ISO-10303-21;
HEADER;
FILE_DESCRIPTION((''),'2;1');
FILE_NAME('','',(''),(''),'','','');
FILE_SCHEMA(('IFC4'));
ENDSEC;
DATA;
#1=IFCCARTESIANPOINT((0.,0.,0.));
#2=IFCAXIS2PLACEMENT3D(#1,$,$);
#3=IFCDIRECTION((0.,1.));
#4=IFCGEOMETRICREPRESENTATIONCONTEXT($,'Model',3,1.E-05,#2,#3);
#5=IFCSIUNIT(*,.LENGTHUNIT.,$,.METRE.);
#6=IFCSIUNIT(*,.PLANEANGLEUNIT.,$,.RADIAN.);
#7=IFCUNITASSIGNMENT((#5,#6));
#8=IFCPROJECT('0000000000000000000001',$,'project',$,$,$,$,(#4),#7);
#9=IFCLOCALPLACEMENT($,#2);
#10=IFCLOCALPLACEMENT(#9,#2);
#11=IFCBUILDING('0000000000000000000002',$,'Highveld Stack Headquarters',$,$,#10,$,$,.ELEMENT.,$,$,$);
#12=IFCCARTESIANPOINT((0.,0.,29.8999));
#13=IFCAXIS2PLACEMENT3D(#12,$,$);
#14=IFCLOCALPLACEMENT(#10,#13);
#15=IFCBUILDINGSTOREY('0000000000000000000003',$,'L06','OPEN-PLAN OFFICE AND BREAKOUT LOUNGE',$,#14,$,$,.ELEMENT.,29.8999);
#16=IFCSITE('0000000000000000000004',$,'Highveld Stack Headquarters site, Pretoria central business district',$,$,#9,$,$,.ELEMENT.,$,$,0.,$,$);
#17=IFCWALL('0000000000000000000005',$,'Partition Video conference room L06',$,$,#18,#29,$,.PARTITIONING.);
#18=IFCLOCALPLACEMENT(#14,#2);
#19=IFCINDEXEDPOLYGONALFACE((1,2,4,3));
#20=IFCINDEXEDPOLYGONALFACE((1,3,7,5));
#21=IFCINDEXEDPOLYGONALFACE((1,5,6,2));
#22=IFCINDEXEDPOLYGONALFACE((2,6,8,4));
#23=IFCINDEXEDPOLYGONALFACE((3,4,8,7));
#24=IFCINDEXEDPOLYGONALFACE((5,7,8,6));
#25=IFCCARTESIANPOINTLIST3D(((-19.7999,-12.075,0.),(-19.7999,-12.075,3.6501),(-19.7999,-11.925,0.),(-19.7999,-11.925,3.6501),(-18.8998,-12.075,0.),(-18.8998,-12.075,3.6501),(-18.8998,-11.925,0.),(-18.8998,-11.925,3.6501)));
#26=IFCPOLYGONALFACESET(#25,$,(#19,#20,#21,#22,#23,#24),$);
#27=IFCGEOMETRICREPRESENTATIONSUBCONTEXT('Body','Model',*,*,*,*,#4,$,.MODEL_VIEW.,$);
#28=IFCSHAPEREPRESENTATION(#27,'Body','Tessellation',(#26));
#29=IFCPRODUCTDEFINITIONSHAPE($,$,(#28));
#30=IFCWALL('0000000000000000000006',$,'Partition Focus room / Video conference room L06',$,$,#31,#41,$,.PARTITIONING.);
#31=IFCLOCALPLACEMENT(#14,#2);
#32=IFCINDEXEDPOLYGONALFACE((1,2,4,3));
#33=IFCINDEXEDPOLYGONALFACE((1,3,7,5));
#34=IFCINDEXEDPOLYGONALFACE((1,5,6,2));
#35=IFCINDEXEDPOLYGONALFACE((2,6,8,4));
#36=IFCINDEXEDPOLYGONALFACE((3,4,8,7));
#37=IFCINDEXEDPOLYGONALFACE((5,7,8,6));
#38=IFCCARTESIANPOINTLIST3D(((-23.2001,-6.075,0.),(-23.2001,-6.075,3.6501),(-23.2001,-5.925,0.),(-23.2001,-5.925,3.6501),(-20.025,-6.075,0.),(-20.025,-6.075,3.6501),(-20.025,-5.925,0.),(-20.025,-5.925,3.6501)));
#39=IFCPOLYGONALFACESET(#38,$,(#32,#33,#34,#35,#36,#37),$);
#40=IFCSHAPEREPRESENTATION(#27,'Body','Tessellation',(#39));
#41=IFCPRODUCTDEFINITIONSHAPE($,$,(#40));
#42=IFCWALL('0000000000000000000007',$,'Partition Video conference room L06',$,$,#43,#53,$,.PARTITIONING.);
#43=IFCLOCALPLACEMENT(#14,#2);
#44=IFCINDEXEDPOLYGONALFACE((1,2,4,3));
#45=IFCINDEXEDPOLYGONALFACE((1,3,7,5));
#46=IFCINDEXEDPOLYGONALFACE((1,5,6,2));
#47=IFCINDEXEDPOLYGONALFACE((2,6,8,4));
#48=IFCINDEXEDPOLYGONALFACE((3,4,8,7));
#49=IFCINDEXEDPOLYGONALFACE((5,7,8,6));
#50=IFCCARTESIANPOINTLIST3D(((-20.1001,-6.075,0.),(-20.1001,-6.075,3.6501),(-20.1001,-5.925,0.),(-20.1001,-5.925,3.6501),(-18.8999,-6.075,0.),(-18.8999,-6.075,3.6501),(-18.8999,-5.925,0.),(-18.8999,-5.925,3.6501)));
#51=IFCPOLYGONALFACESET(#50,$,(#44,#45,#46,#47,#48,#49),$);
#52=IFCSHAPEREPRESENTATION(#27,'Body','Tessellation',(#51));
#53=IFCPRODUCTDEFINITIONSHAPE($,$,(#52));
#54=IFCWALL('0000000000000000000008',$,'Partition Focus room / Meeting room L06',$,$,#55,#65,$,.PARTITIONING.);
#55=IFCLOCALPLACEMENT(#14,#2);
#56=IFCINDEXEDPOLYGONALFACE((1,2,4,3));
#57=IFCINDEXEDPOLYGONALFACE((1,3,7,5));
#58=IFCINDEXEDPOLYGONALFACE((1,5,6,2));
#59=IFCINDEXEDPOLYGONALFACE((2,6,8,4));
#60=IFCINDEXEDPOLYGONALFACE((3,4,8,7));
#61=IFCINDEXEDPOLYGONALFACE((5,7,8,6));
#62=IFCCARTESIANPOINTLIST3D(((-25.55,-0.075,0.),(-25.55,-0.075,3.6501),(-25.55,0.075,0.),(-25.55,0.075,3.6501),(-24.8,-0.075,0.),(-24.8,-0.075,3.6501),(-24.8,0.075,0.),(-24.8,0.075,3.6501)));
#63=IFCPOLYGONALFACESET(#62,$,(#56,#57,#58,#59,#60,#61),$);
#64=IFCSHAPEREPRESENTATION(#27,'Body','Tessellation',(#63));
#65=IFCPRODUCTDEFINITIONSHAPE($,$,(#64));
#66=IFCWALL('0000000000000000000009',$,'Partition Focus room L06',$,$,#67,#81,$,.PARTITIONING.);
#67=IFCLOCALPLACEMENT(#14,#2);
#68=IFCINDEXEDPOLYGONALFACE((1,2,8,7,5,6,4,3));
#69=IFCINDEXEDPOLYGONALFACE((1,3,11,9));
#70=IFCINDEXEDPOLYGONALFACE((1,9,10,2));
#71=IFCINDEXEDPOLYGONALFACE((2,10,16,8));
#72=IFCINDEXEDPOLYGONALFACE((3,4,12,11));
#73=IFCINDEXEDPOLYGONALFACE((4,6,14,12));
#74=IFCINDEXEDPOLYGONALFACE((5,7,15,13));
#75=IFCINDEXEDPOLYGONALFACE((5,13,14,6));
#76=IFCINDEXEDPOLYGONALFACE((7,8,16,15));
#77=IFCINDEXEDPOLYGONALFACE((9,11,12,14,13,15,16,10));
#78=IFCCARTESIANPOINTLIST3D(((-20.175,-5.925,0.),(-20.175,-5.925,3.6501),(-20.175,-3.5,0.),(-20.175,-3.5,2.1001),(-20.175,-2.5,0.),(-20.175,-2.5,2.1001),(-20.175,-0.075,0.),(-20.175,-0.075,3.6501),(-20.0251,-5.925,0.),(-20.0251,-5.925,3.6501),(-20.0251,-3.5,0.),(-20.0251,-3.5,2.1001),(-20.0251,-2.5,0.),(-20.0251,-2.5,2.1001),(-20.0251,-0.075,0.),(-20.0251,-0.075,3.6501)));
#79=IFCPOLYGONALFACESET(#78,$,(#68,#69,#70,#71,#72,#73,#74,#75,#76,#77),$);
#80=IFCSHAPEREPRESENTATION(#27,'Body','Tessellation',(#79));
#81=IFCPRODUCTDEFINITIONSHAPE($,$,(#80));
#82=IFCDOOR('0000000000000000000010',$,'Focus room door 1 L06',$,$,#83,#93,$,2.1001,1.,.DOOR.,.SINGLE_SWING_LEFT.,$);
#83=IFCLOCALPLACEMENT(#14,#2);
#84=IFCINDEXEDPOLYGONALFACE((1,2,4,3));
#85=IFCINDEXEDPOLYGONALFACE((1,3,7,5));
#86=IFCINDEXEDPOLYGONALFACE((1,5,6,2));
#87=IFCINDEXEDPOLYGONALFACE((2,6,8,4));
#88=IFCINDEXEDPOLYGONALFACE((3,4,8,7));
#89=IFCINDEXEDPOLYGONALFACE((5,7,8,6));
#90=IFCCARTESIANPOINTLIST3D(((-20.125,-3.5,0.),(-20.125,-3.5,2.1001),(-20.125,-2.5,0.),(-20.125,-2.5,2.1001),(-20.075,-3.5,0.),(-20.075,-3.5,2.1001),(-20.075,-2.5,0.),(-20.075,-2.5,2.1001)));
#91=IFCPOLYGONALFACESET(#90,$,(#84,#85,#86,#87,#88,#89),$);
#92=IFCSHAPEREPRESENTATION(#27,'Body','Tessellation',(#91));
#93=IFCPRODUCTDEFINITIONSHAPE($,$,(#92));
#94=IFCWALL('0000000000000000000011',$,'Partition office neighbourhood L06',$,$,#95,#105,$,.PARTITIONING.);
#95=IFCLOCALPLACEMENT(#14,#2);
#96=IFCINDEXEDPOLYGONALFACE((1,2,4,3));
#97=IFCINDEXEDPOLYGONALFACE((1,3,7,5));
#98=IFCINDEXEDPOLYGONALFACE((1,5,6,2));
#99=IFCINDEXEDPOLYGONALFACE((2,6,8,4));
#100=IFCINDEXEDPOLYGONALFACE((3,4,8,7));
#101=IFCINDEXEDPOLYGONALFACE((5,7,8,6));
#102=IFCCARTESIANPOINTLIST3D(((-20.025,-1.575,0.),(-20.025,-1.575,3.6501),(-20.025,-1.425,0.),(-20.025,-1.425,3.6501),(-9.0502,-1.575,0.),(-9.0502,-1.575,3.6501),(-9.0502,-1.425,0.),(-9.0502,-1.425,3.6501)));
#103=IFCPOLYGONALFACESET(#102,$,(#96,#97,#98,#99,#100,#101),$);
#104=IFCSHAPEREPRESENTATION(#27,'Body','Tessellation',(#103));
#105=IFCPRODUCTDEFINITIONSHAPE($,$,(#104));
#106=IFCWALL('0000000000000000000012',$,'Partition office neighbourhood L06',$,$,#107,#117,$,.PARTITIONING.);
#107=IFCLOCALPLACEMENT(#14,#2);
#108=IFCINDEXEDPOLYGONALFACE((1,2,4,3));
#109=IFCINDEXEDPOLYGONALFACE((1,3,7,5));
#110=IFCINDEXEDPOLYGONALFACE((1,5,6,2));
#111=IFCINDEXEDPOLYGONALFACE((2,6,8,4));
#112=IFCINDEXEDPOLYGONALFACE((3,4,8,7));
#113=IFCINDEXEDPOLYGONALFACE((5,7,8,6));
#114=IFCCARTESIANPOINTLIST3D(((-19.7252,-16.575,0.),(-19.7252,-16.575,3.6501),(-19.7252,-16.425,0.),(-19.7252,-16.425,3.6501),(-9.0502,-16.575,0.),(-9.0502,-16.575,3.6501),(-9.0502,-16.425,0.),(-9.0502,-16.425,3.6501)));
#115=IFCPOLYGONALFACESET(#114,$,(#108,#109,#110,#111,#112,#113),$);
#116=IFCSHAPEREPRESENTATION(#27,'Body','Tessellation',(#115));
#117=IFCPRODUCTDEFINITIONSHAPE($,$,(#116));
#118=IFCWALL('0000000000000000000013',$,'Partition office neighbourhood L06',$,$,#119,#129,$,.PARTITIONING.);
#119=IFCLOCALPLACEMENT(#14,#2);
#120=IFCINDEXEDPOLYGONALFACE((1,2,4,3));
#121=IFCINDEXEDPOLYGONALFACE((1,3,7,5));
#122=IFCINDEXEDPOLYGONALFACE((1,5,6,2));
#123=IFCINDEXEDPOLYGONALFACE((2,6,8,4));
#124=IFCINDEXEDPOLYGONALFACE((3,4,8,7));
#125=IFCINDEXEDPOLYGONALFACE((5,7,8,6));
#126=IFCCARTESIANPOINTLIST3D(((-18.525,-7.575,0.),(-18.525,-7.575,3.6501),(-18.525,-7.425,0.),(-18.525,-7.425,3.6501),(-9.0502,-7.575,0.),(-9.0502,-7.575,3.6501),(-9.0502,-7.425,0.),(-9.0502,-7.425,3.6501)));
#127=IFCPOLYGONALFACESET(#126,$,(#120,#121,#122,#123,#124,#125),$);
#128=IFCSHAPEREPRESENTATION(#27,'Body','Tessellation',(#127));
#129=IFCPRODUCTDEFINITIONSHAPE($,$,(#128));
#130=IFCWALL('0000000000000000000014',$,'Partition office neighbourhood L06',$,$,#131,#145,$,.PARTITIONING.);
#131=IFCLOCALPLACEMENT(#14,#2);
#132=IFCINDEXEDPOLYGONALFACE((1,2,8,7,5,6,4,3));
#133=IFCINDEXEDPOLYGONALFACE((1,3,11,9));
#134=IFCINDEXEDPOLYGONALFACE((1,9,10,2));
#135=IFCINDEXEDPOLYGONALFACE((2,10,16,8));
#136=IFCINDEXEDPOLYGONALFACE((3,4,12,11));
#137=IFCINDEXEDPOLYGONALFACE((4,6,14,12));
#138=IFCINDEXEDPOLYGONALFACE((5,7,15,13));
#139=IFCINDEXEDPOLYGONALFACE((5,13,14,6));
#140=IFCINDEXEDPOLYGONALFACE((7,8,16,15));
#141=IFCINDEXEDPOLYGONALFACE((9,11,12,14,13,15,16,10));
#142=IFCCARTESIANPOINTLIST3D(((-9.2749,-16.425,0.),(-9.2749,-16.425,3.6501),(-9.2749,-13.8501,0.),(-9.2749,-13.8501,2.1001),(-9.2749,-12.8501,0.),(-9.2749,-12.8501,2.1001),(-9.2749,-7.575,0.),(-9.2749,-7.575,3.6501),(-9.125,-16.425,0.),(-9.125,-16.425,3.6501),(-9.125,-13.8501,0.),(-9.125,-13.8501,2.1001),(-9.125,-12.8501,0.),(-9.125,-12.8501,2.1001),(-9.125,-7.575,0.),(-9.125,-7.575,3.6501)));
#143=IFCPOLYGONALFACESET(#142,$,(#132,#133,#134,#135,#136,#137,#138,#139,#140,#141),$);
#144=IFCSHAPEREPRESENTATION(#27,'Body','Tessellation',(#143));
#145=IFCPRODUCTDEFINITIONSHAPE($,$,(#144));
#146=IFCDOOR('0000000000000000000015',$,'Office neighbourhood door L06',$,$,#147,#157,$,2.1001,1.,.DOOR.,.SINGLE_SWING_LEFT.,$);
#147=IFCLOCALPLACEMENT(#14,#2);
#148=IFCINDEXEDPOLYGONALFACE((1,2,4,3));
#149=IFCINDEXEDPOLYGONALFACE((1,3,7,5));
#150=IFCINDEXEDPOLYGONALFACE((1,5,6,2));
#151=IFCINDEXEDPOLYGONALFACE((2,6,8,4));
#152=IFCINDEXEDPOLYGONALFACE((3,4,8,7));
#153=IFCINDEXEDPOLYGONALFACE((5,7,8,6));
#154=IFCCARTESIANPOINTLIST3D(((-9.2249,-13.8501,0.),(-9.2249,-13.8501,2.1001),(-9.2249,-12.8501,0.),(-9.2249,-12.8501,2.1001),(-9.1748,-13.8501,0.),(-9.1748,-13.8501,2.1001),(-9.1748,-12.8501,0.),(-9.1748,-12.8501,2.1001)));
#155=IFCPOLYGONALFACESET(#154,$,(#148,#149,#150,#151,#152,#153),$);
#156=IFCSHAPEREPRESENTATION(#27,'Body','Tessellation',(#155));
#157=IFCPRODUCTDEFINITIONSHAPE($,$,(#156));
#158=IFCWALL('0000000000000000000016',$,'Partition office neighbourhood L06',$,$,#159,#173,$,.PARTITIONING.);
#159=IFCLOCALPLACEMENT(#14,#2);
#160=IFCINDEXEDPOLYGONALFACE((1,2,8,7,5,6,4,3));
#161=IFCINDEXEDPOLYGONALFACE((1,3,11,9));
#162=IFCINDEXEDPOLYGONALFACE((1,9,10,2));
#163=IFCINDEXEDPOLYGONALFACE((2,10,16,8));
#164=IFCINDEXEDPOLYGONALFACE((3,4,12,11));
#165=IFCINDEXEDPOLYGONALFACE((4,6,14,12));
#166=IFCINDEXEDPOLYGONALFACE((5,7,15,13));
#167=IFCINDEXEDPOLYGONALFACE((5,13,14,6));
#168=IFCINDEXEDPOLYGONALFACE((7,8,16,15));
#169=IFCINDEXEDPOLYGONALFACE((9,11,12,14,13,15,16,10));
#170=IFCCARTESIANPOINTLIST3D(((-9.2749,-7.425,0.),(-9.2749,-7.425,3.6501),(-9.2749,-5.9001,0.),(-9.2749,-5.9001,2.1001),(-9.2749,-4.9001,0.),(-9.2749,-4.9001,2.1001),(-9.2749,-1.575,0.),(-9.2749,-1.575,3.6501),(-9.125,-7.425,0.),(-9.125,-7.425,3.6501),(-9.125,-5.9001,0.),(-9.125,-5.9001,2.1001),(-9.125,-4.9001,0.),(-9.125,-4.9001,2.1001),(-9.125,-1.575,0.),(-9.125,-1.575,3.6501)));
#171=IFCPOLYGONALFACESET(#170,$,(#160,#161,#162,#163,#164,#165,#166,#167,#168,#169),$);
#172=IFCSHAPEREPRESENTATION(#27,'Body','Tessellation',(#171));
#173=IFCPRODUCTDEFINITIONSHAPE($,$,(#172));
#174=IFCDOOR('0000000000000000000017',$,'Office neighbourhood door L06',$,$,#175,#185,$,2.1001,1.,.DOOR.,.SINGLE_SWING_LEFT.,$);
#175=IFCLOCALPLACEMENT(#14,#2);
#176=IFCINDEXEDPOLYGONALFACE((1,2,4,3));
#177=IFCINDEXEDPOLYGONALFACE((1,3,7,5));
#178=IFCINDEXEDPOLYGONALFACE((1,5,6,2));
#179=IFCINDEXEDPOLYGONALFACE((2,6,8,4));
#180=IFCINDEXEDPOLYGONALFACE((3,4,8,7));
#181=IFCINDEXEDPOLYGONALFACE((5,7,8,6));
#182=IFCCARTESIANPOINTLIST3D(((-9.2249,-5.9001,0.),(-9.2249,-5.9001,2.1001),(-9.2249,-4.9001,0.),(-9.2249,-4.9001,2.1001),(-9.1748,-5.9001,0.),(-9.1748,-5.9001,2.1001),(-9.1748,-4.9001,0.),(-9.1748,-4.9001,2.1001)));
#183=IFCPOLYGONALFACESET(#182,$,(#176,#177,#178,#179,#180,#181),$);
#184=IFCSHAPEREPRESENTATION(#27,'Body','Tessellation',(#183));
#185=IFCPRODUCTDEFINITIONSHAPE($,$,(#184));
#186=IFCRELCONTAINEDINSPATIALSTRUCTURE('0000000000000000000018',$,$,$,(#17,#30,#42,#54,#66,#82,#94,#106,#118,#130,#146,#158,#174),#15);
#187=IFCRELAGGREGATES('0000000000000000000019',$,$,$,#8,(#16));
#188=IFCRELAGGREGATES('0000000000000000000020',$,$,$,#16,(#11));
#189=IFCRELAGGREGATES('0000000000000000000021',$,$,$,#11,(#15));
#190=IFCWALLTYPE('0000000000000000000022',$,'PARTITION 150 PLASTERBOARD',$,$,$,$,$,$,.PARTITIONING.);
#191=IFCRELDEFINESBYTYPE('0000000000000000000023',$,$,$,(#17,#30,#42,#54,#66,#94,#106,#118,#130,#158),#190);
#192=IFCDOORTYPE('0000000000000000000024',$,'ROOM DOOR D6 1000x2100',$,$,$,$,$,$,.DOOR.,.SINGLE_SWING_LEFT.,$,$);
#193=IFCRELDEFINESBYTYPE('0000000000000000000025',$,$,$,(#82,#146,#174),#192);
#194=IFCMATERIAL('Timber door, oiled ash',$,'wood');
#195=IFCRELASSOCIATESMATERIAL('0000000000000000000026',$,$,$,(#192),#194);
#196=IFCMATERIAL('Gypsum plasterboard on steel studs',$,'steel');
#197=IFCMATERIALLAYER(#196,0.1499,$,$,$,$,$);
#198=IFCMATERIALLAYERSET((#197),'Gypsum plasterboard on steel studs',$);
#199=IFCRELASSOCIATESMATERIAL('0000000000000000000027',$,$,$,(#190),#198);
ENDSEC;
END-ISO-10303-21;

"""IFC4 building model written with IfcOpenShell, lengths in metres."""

from ifc_helpers import new_model, si_unit, direction, frame, frame_2d, origin, place, context, subcontext, project, spatial, rectangle, extrude, material, layer, layer_set, type_object, element, fill, save


model = new_model("IFC4")

# Units and contexts
model_context = context("Model", 3, precision=1e-05, world=origin(), true_north=direction((0.0, 1.0)))
body_context = subcontext(model_context, "Body", "Model", "MODEL_VIEW")
ifc_project = project(units=[si_unit("LENGTHUNIT", "METRE"), si_unit("PLANEANGLEUNIT", "RADIAN")], contexts=[model_context])

# Site, building, storey
site_placement = place(None, origin())
site = spatial("IfcSite", under=ifc_project, at=site_placement, Name="Highveld Stack Headquarters site, Pretoria central business district", CompositionType="ELEMENT", RefElevation=0.0)
building_placement = place(site_placement, origin())
building = spatial("IfcBuilding", under=site, at=building_placement, Name="Highveld Stack Headquarters", CompositionType="ELEMENT")
storey_placement = place(building_placement, frame((0.0, 0.0, 29.8999)))
storey = spatial("IfcBuildingStorey", under=building, at=storey_placement, Name="L06", Description="OPEN-PLAN OFFICE AND BREAKOUT LOUNGE", CompositionType="ELEMENT", Elevation=29.8999)

# Shared definitions
ifc_material_1 = material(Name="Timber door, oiled ash", Category="wood")
door_type_1 = type_object("IfcDoorType", Name="ROOM DOOR D6 1000x2100", OperationType="SINGLE_SWING_LEFT", PredefinedType="DOOR", material=ifc_material_1)

# Walls
ifc_material_2 = material(Name="Gypsum plasterboard on steel studs", Category="steel")
ifc_layer_1 = layer(ifc_material_2, 0.1499)
ifc_layer_set_1 = layer_set([ifc_layer_1], Name="Gypsum plasterboard on steel studs")
wall_type_1 = type_object("IfcWallType", Name="PARTITION 150 PLASTERBOARD", PredefinedType="PARTITIONING", material=ifc_layer_set_1)
wall_1_placement = place(storey_placement, frame((-19.8, -12.0, 0.0), z_axis=(0.0, 0.0, 1.0), x_axis=(1.0, 0.0, 0.0)))
element("IfcWall", 1, at=wall_1_placement, inside=storey, type_object=wall_type_1, Name="Partition Video conference room L06", PredefinedType="PARTITIONING", context=body_context, shape_type="SweptSolid", body=[
    extrude(rectangle(XDim=0.9001, YDim=0.1499, at=frame_2d((0.4502, 0.0))), origin(), (0.0, 0.0, 1.0), 3.6501),
])
wall_2_placement = place(storey_placement, frame((-23.2, -6.0, 0.0), z_axis=(0.0, 0.0, 1.0), x_axis=(1.0, 0.0, 0.0)))
element("IfcWall", 2, at=wall_2_placement, inside=storey, type_object=wall_type_1, Name="Partition Focus room / Video conference room L06", PredefinedType="PARTITIONING", context=body_context, shape_type="SweptSolid", body=[
    extrude(rectangle(XDim=3.175, YDim=0.1499, at=frame_2d((1.5874, 0.0))), origin(), (0.0, 0.0, 1.0), 3.6501),
])
wall_3_placement = place(storey_placement, frame((-20.1001, -6.0, 0.0), z_axis=(0.0, 0.0, 1.0), x_axis=(1.0, 0.0, 0.0)))
element("IfcWall", 3, at=wall_3_placement, inside=storey, type_object=wall_type_1, Name="Partition Video conference room L06", PredefinedType="PARTITIONING", context=body_context, shape_type="SweptSolid", body=[
    extrude(rectangle(XDim=1.2002, YDim=0.1499, at=frame_2d((0.6001, 0.0))), origin(), (0.0, 0.0, 1.0), 3.6501),
])
wall_4_placement = place(storey_placement, frame((-25.55, 0.0, 0.0), z_axis=(0.0, 0.0, 1.0), x_axis=(1.0, 0.0, 0.0)))
element("IfcWall", 4, at=wall_4_placement, inside=storey, type_object=wall_type_1, Name="Partition Focus room / Meeting room L06", PredefinedType="PARTITIONING", context=body_context, shape_type="SweptSolid", body=[
    extrude(rectangle(XDim=0.75, YDim=0.1499, at=frame_2d((0.375, 0.0))), origin(), (0.0, 0.0, 1.0), 3.6501),
])

# Wall, opening, door
wall_5_placement = place(storey_placement, frame((-20.1001, -5.925, 0.0), z_axis=(0.0, 0.0, 1.0), x_axis=(0.0, 1.0, 0.0)))
wall_5 = element("IfcWall", 5, at=wall_5_placement, inside=storey, type_object=wall_type_1, Name="Partition Focus room L06", PredefinedType="PARTITIONING", context=body_context, shape_type="SweptSolid", body=[
    extrude(rectangle(XDim=5.8501, YDim=0.1499, at=frame_2d((2.925, 0.0))), origin(), (0.0, 0.0, 1.0), 3.6501),
])
opening_1_placement = place(wall_5_placement, frame((2.425, 0.0, 0.0)))
opening_1 = element("IfcOpeningElement", 6, at=opening_1_placement, cuts=wall_5, PredefinedType="OPENING", context=body_context, shape_type="SweptSolid", body=[
    extrude(rectangle(XDim=1.0, YDim=2.1001, at=frame_2d((0.5, 1.05))), frame((0.0, 0.085, 0.0), z_axis=(0.0, -1.0, 0.0), x_axis=(1.0, 0.0, 0.0)), (0.0, 0.0, 1.0), 0.1699),
])
door_1_placement = place(opening_1_placement, origin())
door_1 = element("IfcDoor", 7, at=door_1_placement, inside=storey, type_object=door_type_1, Name="Focus room door 1 L06", OperationType="SINGLE_SWING_LEFT", OverallHeight=2.1001, OverallWidth=1.0, PredefinedType="DOOR", context=body_context, shape_type="SweptSolid", body=[
    extrude(rectangle(XDim=1.0, YDim=2.1001, at=frame_2d((0.5, 1.05))), frame((0.0, 0.0249, 0.0), z_axis=(0.0, -1.0, 0.0), x_axis=(1.0, 0.0, 0.0)), (0.0, 0.0, 1.0), 0.05),
])
fill(opening_1, door_1)

# Walls
wall_6_placement = place(storey_placement, frame((-20.0249, -1.5, 0.0), z_axis=(0.0, 0.0, 1.0), x_axis=(1.0, 0.0, 0.0)))
element("IfcWall", 8, at=wall_6_placement, inside=storey, type_object=wall_type_1, Name="Partition office neighbourhood L06", PredefinedType="PARTITIONING", context=body_context, shape_type="SweptSolid", body=[
    extrude(rectangle(XDim=10.9749, YDim=0.1499, at=frame_2d((5.4873, 0.0))), origin(), (0.0, 0.0, 1.0), 3.6501),
])
wall_7_placement = place(storey_placement, frame((-19.7251, -16.5, 0.0), z_axis=(0.0, 0.0, 1.0), x_axis=(1.0, 0.0, 0.0)))
element("IfcWall", 9, at=wall_7_placement, inside=storey, type_object=wall_type_1, Name="Partition office neighbourhood L06", PredefinedType="PARTITIONING", context=body_context, shape_type="SweptSolid", body=[
    extrude(rectangle(XDim=10.675, YDim=0.1499, at=frame_2d((5.3374, 0.0))), origin(), (0.0, 0.0, 1.0), 3.6501),
])
wall_8_placement = place(storey_placement, frame((-18.5249, -7.5, 0.0), z_axis=(0.0, 0.0, 1.0), x_axis=(1.0, 0.0, 0.0)))
element("IfcWall", 10, at=wall_8_placement, inside=storey, type_object=wall_type_1, Name="Partition office neighbourhood L06", PredefinedType="PARTITIONING", context=body_context, shape_type="SweptSolid", body=[
    extrude(rectangle(XDim=9.4749, YDim=0.1499, at=frame_2d((4.7373, 0.0))), origin(), (0.0, 0.0, 1.0), 3.6501),
])

# Walls, openings, doors
wall_9_placement = place(storey_placement, frame((-9.2, -16.425, 0.0), z_axis=(0.0, 0.0, 1.0), x_axis=(0.0, 1.0, 0.0)))
wall_9 = element("IfcWall", 11, at=wall_9_placement, inside=storey, type_object=wall_type_1, Name="Partition office neighbourhood L06", PredefinedType="PARTITIONING", context=body_context, shape_type="SweptSolid", body=[
    extrude(rectangle(XDim=8.8501, YDim=0.1499, at=frame_2d((4.425, 0.0))), origin(), (0.0, 0.0, 1.0), 3.6501),
])
opening_2_placement = place(wall_9_placement, frame((2.575, 0.0, 0.0)))
opening_2 = element("IfcOpeningElement", 12, at=opening_2_placement, cuts=wall_9, PredefinedType="OPENING", context=body_context, shape_type="SweptSolid", body=[
    extrude(rectangle(XDim=1.0, YDim=2.1001, at=frame_2d((0.5, 1.05))), frame((0.0, 0.085, 0.0), z_axis=(0.0, -1.0, 0.0), x_axis=(1.0, 0.0, 0.0)), (0.0, 0.0, 1.0), 0.1699),
])
door_2_placement = place(opening_2_placement, origin())
door_2 = element("IfcDoor", 13, at=door_2_placement, inside=storey, type_object=door_type_1, Name="Office neighbourhood door L06", OperationType="SINGLE_SWING_LEFT", OverallHeight=2.1001, OverallWidth=1.0, PredefinedType="DOOR", context=body_context, shape_type="SweptSolid", body=[
    extrude(rectangle(XDim=1.0, YDim=2.1001, at=frame_2d((0.5, 1.05))), frame((0.0, 0.0249, 0.0), z_axis=(0.0, -1.0, 0.0), x_axis=(1.0, 0.0, 0.0)), (0.0, 0.0, 1.0), 0.05),
])
fill(opening_2, door_2)
wall_10_placement = place(storey_placement, frame((-9.2, -7.425, 0.0), z_axis=(0.0, 0.0, 1.0), x_axis=(0.0, 1.0, 0.0)))
wall_10 = element("IfcWall", 14, at=wall_10_placement, inside=storey, type_object=wall_type_1, Name="Partition office neighbourhood L06", PredefinedType="PARTITIONING", context=body_context, shape_type="SweptSolid", body=[
    extrude(rectangle(XDim=5.8501, YDim=0.1499, at=frame_2d((2.925, 0.0))), origin(), (0.0, 0.0, 1.0), 3.6501),
])
opening_3_placement = place(wall_10_placement, frame((1.5249, 0.0, 0.0)))
opening_3 = element("IfcOpeningElement", 15, at=opening_3_placement, cuts=wall_10, PredefinedType="OPENING", context=body_context, shape_type="SweptSolid", body=[
    extrude(rectangle(XDim=1.0, YDim=2.1001, at=frame_2d((0.5, 1.05))), frame((0.0, 0.085, 0.0), z_axis=(0.0, -1.0, 0.0), x_axis=(1.0, 0.0, 0.0)), (0.0, 0.0, 1.0), 0.1699),
])
door_3_placement = place(opening_3_placement, origin())
door_3 = element("IfcDoor", 16, at=door_3_placement, inside=storey, type_object=door_type_1, Name="Office neighbourhood door L06", OperationType="SINGLE_SWING_LEFT", OverallHeight=2.1001, OverallWidth=1.0, PredefinedType="DOOR", context=body_context, shape_type="SweptSolid", body=[
    extrude(rectangle(XDim=1.0, YDim=2.1001, at=frame_2d((0.5, 1.05))), frame((0.0, 0.0249, 0.0), z_axis=(0.0, -1.0, 0.0), x_axis=(1.0, 0.0, 0.0)), (0.0, 0.0, 1.0), 0.05),
])
fill(opening_3, door_3)

save(model, "model.ifc")
